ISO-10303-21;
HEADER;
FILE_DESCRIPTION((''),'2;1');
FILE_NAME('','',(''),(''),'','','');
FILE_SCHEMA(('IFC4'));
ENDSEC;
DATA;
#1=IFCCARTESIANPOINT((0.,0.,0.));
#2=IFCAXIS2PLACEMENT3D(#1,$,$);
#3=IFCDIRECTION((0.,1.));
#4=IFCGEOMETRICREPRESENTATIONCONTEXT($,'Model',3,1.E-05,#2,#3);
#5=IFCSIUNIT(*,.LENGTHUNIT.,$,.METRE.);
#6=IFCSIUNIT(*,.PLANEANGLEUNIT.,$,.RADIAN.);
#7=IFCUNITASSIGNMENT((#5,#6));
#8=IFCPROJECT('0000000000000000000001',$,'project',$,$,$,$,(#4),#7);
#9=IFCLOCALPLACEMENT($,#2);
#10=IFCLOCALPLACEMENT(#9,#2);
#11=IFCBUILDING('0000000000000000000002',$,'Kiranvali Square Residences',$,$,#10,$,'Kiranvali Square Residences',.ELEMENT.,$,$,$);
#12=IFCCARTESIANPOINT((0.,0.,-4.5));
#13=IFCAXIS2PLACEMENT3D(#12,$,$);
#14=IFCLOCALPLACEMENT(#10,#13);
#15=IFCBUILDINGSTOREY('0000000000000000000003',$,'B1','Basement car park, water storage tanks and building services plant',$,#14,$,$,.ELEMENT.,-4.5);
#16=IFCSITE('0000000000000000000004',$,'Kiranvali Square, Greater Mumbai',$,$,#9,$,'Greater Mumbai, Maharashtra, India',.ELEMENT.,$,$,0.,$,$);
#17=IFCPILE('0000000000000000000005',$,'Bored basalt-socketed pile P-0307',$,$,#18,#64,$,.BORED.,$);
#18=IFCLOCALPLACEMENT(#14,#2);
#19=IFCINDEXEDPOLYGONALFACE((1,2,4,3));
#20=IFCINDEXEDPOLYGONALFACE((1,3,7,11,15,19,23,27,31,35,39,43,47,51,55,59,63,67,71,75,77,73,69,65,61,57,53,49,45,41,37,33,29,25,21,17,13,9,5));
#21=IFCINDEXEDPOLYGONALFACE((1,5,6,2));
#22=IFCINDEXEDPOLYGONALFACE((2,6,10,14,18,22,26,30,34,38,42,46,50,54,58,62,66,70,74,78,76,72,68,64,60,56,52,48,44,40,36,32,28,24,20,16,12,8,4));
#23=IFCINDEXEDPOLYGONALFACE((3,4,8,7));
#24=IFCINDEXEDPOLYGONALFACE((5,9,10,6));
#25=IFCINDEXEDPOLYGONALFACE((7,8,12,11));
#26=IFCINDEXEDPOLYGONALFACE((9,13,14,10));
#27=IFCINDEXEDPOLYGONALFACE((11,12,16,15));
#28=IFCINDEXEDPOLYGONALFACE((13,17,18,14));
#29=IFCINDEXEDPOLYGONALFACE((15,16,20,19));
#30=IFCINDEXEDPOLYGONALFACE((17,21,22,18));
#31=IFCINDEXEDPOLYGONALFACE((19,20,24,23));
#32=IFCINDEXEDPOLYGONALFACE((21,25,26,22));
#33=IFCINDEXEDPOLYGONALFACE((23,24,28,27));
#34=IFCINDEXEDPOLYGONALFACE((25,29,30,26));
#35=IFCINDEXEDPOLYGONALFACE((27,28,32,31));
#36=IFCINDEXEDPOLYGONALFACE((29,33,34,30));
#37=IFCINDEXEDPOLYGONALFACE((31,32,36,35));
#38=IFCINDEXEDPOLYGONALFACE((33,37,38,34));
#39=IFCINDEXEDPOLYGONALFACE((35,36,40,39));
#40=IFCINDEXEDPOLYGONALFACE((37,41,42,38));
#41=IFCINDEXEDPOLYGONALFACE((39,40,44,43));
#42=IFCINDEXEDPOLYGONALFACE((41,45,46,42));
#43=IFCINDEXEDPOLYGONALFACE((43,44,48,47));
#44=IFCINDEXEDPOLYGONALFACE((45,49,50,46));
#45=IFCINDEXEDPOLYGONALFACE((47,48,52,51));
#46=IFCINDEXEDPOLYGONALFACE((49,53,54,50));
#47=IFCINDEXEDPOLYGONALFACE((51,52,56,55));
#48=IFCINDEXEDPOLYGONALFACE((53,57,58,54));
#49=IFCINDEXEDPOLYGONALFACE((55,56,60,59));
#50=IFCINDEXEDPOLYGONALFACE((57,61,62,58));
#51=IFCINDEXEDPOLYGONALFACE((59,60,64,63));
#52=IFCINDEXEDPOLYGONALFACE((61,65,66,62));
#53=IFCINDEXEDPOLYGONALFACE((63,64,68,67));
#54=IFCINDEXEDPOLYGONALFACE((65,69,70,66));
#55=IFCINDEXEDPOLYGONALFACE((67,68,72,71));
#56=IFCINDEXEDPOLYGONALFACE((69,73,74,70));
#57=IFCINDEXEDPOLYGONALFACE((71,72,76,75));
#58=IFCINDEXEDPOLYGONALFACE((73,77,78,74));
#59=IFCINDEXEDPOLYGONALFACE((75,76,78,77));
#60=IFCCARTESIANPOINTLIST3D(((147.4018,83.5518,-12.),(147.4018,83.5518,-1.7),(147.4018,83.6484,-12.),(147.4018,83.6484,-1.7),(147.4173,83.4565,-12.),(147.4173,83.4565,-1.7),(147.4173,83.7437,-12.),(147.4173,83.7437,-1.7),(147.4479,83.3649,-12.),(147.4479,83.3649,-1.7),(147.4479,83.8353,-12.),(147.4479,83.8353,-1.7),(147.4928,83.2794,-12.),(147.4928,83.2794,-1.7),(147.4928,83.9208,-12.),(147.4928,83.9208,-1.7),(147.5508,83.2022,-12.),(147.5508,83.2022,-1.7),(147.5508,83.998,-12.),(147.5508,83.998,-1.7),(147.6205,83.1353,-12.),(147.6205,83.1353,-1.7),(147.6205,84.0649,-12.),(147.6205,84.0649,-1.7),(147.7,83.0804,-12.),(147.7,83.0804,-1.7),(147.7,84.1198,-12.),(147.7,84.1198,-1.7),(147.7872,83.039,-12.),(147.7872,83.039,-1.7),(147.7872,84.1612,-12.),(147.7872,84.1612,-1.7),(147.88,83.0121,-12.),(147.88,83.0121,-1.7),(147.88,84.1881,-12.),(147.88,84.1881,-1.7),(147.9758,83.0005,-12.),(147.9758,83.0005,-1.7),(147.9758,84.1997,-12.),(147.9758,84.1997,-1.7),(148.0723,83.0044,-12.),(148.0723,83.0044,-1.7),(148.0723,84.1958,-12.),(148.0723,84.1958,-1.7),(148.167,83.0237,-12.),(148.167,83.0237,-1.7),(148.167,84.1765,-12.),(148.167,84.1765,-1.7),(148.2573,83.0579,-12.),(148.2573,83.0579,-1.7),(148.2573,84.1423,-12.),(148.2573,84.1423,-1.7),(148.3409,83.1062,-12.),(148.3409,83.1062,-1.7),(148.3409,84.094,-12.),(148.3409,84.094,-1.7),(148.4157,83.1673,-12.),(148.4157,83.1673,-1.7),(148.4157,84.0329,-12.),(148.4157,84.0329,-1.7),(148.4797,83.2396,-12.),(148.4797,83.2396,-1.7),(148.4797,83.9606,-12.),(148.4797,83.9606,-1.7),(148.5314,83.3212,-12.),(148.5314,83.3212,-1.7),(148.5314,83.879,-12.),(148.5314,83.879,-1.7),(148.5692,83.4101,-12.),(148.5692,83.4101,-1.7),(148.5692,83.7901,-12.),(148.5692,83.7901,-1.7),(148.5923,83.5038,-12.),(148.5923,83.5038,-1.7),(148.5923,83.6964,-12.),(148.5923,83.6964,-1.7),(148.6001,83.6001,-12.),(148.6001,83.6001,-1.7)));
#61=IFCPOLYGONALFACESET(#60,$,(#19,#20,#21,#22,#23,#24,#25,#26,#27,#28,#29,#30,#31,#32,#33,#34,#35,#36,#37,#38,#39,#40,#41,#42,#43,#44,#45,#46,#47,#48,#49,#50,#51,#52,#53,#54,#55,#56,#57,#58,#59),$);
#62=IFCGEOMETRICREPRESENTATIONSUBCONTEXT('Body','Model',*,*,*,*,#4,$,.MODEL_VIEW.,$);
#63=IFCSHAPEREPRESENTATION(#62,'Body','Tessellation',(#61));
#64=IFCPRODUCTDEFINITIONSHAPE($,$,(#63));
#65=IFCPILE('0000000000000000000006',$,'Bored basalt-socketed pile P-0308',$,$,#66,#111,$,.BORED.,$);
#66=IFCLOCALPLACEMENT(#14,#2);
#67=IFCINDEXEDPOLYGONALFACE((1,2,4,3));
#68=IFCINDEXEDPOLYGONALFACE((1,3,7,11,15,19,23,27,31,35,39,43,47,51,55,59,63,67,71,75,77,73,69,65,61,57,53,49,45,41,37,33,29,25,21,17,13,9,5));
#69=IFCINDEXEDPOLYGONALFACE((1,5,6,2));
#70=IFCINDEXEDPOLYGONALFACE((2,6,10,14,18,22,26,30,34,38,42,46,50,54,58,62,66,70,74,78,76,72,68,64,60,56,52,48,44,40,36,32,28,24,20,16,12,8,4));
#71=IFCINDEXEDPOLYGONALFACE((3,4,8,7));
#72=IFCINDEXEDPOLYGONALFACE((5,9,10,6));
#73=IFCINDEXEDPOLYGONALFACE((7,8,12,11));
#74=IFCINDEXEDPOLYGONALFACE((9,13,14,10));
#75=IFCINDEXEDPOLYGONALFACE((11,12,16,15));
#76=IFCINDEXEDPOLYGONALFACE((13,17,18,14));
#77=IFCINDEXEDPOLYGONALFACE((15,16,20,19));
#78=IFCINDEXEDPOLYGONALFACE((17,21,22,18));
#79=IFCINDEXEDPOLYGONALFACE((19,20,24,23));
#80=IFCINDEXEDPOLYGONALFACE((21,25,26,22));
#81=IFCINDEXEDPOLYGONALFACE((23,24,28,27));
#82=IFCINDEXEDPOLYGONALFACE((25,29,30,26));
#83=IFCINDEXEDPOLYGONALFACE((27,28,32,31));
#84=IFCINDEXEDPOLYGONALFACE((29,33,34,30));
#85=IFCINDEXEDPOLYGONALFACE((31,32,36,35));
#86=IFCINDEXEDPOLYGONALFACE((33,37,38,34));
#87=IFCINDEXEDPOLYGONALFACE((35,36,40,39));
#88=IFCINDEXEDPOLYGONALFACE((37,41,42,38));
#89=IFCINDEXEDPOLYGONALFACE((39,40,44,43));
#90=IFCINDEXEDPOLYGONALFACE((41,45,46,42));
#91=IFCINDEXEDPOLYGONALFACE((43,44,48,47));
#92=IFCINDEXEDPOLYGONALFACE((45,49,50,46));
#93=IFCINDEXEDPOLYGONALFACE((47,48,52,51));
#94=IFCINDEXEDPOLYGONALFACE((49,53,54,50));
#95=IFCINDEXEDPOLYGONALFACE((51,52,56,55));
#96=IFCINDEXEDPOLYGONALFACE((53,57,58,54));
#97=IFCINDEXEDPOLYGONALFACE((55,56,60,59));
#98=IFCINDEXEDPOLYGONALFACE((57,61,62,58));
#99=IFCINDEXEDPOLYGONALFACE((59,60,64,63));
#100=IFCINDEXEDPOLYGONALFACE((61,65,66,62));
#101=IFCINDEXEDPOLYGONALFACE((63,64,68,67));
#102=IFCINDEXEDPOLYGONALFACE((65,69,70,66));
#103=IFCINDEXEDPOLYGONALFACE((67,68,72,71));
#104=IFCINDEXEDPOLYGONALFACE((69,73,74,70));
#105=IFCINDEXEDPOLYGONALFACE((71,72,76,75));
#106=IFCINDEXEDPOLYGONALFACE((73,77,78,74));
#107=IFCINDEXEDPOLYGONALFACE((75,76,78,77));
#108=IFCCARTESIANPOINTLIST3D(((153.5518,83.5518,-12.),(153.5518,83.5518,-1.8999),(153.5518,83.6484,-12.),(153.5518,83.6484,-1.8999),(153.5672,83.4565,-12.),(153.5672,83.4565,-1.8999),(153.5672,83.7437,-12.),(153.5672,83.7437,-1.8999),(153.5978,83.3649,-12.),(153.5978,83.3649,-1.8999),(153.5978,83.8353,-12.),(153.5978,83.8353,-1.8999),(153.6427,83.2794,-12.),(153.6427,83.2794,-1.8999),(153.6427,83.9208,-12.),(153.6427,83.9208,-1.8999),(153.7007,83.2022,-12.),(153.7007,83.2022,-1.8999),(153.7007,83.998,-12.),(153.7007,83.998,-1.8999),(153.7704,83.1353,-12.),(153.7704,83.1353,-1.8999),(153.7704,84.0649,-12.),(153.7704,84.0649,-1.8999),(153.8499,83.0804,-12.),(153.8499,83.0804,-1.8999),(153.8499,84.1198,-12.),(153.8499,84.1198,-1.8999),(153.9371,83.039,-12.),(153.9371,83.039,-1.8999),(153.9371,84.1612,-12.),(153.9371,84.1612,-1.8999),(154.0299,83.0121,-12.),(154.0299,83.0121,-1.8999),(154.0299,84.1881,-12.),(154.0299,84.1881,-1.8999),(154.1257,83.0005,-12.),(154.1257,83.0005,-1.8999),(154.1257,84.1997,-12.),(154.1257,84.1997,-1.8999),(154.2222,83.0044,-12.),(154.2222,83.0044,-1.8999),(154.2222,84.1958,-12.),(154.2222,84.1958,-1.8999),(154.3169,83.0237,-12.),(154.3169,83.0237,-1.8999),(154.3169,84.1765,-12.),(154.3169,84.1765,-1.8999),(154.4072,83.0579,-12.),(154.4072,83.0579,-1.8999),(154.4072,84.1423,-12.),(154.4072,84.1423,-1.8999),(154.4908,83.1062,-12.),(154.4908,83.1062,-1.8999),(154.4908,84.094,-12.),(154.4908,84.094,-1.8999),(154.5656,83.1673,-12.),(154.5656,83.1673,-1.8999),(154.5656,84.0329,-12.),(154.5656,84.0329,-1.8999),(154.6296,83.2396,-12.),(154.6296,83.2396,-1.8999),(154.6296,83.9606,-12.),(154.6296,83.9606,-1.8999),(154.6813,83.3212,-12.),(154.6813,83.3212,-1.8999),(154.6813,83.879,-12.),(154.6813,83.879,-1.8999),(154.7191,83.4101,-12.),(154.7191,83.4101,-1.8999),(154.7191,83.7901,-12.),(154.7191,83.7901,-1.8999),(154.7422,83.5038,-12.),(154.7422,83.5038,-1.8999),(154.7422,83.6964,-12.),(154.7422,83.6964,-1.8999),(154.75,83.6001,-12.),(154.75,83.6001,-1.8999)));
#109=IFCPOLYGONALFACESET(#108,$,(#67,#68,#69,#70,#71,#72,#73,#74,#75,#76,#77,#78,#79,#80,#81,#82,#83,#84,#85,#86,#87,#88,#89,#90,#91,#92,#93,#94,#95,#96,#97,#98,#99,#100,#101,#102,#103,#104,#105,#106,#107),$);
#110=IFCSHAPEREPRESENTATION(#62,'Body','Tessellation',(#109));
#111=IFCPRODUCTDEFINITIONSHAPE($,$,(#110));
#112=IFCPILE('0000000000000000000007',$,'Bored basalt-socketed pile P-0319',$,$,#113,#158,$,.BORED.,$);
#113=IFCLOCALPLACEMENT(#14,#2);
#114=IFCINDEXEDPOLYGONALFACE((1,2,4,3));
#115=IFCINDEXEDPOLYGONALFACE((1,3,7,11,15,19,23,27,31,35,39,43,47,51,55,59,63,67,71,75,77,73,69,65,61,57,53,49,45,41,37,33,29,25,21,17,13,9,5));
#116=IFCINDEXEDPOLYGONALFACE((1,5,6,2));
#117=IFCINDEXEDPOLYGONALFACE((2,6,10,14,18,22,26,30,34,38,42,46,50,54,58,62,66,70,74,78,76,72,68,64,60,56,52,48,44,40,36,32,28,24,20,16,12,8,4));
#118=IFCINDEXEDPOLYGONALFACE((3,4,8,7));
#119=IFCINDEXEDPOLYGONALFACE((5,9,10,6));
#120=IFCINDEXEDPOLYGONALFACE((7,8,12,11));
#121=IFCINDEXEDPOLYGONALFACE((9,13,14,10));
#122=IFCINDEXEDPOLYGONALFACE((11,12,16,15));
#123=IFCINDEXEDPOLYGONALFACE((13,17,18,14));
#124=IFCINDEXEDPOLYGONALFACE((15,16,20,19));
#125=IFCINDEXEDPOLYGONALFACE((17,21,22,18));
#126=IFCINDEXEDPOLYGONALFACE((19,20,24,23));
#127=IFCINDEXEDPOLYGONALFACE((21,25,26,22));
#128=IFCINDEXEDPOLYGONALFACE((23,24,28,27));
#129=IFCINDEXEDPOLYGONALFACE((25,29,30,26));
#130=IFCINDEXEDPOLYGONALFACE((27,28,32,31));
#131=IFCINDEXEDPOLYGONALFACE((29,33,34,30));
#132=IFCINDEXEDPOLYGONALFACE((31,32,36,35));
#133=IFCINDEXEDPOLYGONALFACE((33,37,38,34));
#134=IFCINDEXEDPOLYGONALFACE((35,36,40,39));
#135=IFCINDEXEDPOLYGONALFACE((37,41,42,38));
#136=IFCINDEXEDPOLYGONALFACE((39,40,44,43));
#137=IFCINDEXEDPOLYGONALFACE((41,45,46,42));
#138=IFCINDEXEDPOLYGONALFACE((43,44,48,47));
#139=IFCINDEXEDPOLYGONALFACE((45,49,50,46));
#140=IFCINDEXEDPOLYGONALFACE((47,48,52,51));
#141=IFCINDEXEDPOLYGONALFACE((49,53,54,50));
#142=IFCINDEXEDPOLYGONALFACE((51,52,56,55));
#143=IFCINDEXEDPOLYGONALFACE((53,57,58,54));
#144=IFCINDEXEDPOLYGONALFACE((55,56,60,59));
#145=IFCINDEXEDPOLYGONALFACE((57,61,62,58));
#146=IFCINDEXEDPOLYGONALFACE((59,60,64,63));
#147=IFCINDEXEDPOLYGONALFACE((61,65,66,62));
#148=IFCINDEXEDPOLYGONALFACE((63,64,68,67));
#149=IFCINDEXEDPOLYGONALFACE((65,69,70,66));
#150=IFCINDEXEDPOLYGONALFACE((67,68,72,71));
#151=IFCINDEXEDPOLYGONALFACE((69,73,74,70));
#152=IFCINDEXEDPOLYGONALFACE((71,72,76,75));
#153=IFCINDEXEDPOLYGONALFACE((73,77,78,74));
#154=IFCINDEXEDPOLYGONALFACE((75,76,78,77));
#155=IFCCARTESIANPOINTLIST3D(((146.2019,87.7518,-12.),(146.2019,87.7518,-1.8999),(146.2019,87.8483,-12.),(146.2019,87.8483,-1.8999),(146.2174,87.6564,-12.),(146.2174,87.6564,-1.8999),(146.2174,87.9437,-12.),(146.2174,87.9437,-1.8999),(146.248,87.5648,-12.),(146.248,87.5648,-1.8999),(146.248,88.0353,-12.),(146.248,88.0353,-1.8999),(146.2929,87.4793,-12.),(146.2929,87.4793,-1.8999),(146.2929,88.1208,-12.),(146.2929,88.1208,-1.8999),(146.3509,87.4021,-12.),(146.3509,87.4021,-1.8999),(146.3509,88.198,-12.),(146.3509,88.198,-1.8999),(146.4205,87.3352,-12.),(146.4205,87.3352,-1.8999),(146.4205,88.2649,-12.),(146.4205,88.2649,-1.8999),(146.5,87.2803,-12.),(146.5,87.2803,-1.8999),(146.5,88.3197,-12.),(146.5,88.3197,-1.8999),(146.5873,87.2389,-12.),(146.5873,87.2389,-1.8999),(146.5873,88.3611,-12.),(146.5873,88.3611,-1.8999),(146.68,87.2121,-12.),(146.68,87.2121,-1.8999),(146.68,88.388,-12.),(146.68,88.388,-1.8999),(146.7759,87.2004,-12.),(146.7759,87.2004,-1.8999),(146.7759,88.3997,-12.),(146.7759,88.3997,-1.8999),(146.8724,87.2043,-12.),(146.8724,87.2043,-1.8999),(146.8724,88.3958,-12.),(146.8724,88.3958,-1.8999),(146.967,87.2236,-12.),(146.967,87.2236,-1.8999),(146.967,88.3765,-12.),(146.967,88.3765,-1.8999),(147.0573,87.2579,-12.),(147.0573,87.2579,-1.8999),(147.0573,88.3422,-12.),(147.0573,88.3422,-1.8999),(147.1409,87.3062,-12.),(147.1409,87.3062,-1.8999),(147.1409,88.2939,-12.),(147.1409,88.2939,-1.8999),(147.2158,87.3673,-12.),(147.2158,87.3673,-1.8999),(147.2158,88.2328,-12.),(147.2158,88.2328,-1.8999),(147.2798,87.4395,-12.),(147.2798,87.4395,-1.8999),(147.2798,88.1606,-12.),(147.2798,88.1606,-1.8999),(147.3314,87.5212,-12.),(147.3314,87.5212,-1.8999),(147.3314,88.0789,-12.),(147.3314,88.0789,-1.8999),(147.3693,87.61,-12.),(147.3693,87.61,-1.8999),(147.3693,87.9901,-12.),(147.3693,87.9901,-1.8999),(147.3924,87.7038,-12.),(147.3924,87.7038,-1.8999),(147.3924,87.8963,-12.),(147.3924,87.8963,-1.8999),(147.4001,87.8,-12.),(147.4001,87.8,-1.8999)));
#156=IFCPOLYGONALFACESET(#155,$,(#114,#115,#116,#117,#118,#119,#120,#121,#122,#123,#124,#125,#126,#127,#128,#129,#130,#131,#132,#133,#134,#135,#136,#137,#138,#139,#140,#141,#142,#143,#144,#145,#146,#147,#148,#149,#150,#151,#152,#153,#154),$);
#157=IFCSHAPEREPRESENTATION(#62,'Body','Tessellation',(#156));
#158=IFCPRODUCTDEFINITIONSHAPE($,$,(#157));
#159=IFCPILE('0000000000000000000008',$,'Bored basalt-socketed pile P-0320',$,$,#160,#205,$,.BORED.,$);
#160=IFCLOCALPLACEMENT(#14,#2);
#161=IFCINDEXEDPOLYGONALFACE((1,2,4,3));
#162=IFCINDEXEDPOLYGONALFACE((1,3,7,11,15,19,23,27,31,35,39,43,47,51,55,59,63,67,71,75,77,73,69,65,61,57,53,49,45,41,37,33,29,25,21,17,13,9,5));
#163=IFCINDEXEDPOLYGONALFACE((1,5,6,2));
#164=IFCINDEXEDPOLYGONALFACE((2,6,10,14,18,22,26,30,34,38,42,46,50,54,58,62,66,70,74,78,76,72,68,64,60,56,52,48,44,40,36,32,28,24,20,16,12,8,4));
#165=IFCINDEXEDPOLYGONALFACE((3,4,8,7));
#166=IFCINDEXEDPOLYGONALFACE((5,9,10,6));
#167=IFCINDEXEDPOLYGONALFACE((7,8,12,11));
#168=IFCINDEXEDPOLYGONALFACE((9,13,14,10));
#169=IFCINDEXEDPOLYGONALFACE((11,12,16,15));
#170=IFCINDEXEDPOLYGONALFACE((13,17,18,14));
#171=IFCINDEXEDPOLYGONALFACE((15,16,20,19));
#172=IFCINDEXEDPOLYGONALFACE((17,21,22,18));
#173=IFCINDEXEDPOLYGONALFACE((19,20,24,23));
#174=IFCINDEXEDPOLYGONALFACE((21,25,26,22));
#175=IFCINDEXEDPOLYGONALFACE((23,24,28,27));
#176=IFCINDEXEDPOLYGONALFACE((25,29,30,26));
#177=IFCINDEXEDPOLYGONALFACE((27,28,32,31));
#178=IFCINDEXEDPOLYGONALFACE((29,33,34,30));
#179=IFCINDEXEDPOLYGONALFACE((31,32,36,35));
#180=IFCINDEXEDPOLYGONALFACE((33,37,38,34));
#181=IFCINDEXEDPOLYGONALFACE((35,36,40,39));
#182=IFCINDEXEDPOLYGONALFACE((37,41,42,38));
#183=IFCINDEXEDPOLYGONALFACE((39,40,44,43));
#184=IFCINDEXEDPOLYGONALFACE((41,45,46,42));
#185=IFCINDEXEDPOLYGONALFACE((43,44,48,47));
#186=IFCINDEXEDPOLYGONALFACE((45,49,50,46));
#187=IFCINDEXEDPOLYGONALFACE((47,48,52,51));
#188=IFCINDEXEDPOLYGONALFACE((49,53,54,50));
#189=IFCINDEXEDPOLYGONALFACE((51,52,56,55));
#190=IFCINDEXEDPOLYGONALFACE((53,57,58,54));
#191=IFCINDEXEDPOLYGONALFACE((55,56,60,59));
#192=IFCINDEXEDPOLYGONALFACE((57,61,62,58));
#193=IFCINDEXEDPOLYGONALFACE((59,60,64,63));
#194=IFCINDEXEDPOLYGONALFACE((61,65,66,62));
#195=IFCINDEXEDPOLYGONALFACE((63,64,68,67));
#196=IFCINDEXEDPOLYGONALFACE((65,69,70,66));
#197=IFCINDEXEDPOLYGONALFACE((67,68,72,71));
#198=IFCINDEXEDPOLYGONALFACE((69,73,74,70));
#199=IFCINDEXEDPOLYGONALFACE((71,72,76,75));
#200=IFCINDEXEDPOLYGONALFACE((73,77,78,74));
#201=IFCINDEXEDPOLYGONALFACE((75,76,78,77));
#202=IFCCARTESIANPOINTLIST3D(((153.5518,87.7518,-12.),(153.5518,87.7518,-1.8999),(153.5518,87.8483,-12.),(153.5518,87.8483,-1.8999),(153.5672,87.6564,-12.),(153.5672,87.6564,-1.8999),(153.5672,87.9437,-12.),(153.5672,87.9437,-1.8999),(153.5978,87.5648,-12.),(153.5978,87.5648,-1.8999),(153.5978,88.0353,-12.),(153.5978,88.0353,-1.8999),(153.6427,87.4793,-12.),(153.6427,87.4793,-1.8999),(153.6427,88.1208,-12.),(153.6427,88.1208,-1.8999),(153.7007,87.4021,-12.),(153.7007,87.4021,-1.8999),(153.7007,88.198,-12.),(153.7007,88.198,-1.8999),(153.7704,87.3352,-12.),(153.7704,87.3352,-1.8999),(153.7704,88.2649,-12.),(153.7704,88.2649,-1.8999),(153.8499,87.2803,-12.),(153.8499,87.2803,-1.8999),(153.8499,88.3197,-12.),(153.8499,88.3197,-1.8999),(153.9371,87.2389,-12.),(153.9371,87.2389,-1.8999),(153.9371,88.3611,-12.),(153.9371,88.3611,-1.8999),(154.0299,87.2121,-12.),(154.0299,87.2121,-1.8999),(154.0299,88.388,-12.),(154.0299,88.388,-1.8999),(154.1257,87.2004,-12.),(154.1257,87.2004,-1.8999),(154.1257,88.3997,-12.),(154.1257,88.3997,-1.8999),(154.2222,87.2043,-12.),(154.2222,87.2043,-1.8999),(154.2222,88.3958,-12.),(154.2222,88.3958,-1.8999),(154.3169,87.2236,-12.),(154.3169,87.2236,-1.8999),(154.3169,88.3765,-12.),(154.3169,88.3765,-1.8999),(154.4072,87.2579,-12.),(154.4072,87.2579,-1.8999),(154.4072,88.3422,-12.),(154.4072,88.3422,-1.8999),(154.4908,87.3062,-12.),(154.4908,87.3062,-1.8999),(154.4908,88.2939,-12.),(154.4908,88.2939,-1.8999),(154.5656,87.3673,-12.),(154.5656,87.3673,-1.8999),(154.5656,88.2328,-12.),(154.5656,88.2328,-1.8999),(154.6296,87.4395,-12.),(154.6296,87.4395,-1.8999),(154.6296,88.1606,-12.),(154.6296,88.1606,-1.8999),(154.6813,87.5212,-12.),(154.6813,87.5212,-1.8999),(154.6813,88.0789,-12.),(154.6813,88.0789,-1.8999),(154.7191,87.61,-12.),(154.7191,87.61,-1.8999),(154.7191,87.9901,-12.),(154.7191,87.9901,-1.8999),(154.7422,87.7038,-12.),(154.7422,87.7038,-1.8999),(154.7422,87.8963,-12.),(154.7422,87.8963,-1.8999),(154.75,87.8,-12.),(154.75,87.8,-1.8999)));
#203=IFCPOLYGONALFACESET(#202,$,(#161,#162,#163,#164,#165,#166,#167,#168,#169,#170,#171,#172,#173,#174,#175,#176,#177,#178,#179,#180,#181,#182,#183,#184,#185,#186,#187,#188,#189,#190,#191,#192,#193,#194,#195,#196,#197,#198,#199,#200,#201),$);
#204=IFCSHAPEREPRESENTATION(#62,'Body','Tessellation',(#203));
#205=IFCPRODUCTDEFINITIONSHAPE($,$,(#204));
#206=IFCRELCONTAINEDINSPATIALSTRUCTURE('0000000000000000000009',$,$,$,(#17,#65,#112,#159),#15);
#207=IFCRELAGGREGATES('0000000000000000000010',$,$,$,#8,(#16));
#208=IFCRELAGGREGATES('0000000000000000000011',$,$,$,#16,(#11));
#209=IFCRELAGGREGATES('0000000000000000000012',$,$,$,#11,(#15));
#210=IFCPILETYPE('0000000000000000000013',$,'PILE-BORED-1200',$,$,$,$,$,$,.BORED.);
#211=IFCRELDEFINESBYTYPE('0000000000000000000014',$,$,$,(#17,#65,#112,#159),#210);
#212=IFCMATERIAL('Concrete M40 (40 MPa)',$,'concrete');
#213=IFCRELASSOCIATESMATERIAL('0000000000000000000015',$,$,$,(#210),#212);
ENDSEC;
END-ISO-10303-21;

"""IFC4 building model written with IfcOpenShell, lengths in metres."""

from ifc_helpers import new_model, si_unit, direction, frame, origin, origin_2d, place, context, subcontext, project, spatial, circle, extrude, material, material_profile, profile_set, type_object, element, save


model = new_model("IFC4")

# Units and contexts
model_context = context("Model", 3, precision=1e-05, world=origin(), true_north=direction((0.0, 1.0)))
body_context = subcontext(model_context, "Body", "Model", "MODEL_VIEW")
ifc_project = project(units=[si_unit("LENGTHUNIT", "METRE"), si_unit("PLANEANGLEUNIT", "RADIAN")], contexts=[model_context])

# Site, building, storey
site_placement = place(None, origin())
site = spatial("IfcSite", under=ifc_project, at=site_placement, Name="Kiranvali Square, Greater Mumbai", LongName="Greater Mumbai, Maharashtra, India", CompositionType="ELEMENT", RefElevation=0.0)
building_placement = place(site_placement, origin())
building = spatial("IfcBuilding", under=site, at=building_placement, Name="Kiranvali Square Residences", LongName="Kiranvali Square Residences", CompositionType="ELEMENT")
storey_placement = place(building_placement, frame((0.0, 0.0, -4.5)))
storey = spatial("IfcBuildingStorey", under=building, at=storey_placement, Name="B1", Description="Basement car park, water storage tanks and building services plant", CompositionType="ELEMENT", Elevation=-4.5)

# Shared definitions
ifc_material_1 = material(Name="Concrete M40 (40 MPa)", Category="concrete")

# Piles
ifc_material_profile_1 = material_profile(ifc_material_1, circle(Radius=0.6001, at=origin_2d()), Name="BORED PILE 1200")
ifc_profile_set_1 = profile_set([ifc_material_profile_1], Name="Concrete M40 (40 MPa)")
pile_type = type_object("IfcPileType", Name="PILE-BORED-1200", PredefinedType="BORED", material=ifc_profile_set_1)
pile_1_placement = place(storey_placement, frame((148.0, 83.6001, -1.7), z_axis=(0.0, 0.0, -1.0), x_axis=(1.0, 0.0, 0.0)))
element("IfcPile", 1, at=pile_1_placement, inside=storey, type_object=pile_type, Name="Bored basalt-socketed pile P-0307", PredefinedType="BORED", context=body_context, shape_type="SweptSolid", body=[
    extrude(circle(Radius=0.6001, at=origin_2d()), origin(), (0.0, 0.0, 1.0), 10.3),
])
for number, where, z_axis, x_axis, name in (
    (2, (154.1499, 83.6001, -1.8999), (0.0, 0.0, -1.0), (1.0, 0.0, 0.0), "Bored basalt-socketed pile P-0308"),
    (3, (146.8, 87.8, -1.8999), (0.0, 0.0, -1.0), (1.0, 0.0, 0.0), "Bored basalt-socketed pile P-0319"),
    (4, (154.1499, 87.8, -1.8999), (0.0, 0.0, -1.0), (1.0, 0.0, 0.0), "Bored basalt-socketed pile P-0320"),
):
    element("IfcPile", number, at=place(storey_placement, frame(where, z_axis=z_axis, x_axis=x_axis)), inside=storey, type_object=pile_type, Name=name, PredefinedType="BORED", context=body_context, shape_type="SweptSolid", body=[
        extrude(circle(Radius=0.6001, at=origin_2d()), origin(), (0.0, 0.0, 1.0), 10.1001),
    ])

save(model, "model.ifc")
